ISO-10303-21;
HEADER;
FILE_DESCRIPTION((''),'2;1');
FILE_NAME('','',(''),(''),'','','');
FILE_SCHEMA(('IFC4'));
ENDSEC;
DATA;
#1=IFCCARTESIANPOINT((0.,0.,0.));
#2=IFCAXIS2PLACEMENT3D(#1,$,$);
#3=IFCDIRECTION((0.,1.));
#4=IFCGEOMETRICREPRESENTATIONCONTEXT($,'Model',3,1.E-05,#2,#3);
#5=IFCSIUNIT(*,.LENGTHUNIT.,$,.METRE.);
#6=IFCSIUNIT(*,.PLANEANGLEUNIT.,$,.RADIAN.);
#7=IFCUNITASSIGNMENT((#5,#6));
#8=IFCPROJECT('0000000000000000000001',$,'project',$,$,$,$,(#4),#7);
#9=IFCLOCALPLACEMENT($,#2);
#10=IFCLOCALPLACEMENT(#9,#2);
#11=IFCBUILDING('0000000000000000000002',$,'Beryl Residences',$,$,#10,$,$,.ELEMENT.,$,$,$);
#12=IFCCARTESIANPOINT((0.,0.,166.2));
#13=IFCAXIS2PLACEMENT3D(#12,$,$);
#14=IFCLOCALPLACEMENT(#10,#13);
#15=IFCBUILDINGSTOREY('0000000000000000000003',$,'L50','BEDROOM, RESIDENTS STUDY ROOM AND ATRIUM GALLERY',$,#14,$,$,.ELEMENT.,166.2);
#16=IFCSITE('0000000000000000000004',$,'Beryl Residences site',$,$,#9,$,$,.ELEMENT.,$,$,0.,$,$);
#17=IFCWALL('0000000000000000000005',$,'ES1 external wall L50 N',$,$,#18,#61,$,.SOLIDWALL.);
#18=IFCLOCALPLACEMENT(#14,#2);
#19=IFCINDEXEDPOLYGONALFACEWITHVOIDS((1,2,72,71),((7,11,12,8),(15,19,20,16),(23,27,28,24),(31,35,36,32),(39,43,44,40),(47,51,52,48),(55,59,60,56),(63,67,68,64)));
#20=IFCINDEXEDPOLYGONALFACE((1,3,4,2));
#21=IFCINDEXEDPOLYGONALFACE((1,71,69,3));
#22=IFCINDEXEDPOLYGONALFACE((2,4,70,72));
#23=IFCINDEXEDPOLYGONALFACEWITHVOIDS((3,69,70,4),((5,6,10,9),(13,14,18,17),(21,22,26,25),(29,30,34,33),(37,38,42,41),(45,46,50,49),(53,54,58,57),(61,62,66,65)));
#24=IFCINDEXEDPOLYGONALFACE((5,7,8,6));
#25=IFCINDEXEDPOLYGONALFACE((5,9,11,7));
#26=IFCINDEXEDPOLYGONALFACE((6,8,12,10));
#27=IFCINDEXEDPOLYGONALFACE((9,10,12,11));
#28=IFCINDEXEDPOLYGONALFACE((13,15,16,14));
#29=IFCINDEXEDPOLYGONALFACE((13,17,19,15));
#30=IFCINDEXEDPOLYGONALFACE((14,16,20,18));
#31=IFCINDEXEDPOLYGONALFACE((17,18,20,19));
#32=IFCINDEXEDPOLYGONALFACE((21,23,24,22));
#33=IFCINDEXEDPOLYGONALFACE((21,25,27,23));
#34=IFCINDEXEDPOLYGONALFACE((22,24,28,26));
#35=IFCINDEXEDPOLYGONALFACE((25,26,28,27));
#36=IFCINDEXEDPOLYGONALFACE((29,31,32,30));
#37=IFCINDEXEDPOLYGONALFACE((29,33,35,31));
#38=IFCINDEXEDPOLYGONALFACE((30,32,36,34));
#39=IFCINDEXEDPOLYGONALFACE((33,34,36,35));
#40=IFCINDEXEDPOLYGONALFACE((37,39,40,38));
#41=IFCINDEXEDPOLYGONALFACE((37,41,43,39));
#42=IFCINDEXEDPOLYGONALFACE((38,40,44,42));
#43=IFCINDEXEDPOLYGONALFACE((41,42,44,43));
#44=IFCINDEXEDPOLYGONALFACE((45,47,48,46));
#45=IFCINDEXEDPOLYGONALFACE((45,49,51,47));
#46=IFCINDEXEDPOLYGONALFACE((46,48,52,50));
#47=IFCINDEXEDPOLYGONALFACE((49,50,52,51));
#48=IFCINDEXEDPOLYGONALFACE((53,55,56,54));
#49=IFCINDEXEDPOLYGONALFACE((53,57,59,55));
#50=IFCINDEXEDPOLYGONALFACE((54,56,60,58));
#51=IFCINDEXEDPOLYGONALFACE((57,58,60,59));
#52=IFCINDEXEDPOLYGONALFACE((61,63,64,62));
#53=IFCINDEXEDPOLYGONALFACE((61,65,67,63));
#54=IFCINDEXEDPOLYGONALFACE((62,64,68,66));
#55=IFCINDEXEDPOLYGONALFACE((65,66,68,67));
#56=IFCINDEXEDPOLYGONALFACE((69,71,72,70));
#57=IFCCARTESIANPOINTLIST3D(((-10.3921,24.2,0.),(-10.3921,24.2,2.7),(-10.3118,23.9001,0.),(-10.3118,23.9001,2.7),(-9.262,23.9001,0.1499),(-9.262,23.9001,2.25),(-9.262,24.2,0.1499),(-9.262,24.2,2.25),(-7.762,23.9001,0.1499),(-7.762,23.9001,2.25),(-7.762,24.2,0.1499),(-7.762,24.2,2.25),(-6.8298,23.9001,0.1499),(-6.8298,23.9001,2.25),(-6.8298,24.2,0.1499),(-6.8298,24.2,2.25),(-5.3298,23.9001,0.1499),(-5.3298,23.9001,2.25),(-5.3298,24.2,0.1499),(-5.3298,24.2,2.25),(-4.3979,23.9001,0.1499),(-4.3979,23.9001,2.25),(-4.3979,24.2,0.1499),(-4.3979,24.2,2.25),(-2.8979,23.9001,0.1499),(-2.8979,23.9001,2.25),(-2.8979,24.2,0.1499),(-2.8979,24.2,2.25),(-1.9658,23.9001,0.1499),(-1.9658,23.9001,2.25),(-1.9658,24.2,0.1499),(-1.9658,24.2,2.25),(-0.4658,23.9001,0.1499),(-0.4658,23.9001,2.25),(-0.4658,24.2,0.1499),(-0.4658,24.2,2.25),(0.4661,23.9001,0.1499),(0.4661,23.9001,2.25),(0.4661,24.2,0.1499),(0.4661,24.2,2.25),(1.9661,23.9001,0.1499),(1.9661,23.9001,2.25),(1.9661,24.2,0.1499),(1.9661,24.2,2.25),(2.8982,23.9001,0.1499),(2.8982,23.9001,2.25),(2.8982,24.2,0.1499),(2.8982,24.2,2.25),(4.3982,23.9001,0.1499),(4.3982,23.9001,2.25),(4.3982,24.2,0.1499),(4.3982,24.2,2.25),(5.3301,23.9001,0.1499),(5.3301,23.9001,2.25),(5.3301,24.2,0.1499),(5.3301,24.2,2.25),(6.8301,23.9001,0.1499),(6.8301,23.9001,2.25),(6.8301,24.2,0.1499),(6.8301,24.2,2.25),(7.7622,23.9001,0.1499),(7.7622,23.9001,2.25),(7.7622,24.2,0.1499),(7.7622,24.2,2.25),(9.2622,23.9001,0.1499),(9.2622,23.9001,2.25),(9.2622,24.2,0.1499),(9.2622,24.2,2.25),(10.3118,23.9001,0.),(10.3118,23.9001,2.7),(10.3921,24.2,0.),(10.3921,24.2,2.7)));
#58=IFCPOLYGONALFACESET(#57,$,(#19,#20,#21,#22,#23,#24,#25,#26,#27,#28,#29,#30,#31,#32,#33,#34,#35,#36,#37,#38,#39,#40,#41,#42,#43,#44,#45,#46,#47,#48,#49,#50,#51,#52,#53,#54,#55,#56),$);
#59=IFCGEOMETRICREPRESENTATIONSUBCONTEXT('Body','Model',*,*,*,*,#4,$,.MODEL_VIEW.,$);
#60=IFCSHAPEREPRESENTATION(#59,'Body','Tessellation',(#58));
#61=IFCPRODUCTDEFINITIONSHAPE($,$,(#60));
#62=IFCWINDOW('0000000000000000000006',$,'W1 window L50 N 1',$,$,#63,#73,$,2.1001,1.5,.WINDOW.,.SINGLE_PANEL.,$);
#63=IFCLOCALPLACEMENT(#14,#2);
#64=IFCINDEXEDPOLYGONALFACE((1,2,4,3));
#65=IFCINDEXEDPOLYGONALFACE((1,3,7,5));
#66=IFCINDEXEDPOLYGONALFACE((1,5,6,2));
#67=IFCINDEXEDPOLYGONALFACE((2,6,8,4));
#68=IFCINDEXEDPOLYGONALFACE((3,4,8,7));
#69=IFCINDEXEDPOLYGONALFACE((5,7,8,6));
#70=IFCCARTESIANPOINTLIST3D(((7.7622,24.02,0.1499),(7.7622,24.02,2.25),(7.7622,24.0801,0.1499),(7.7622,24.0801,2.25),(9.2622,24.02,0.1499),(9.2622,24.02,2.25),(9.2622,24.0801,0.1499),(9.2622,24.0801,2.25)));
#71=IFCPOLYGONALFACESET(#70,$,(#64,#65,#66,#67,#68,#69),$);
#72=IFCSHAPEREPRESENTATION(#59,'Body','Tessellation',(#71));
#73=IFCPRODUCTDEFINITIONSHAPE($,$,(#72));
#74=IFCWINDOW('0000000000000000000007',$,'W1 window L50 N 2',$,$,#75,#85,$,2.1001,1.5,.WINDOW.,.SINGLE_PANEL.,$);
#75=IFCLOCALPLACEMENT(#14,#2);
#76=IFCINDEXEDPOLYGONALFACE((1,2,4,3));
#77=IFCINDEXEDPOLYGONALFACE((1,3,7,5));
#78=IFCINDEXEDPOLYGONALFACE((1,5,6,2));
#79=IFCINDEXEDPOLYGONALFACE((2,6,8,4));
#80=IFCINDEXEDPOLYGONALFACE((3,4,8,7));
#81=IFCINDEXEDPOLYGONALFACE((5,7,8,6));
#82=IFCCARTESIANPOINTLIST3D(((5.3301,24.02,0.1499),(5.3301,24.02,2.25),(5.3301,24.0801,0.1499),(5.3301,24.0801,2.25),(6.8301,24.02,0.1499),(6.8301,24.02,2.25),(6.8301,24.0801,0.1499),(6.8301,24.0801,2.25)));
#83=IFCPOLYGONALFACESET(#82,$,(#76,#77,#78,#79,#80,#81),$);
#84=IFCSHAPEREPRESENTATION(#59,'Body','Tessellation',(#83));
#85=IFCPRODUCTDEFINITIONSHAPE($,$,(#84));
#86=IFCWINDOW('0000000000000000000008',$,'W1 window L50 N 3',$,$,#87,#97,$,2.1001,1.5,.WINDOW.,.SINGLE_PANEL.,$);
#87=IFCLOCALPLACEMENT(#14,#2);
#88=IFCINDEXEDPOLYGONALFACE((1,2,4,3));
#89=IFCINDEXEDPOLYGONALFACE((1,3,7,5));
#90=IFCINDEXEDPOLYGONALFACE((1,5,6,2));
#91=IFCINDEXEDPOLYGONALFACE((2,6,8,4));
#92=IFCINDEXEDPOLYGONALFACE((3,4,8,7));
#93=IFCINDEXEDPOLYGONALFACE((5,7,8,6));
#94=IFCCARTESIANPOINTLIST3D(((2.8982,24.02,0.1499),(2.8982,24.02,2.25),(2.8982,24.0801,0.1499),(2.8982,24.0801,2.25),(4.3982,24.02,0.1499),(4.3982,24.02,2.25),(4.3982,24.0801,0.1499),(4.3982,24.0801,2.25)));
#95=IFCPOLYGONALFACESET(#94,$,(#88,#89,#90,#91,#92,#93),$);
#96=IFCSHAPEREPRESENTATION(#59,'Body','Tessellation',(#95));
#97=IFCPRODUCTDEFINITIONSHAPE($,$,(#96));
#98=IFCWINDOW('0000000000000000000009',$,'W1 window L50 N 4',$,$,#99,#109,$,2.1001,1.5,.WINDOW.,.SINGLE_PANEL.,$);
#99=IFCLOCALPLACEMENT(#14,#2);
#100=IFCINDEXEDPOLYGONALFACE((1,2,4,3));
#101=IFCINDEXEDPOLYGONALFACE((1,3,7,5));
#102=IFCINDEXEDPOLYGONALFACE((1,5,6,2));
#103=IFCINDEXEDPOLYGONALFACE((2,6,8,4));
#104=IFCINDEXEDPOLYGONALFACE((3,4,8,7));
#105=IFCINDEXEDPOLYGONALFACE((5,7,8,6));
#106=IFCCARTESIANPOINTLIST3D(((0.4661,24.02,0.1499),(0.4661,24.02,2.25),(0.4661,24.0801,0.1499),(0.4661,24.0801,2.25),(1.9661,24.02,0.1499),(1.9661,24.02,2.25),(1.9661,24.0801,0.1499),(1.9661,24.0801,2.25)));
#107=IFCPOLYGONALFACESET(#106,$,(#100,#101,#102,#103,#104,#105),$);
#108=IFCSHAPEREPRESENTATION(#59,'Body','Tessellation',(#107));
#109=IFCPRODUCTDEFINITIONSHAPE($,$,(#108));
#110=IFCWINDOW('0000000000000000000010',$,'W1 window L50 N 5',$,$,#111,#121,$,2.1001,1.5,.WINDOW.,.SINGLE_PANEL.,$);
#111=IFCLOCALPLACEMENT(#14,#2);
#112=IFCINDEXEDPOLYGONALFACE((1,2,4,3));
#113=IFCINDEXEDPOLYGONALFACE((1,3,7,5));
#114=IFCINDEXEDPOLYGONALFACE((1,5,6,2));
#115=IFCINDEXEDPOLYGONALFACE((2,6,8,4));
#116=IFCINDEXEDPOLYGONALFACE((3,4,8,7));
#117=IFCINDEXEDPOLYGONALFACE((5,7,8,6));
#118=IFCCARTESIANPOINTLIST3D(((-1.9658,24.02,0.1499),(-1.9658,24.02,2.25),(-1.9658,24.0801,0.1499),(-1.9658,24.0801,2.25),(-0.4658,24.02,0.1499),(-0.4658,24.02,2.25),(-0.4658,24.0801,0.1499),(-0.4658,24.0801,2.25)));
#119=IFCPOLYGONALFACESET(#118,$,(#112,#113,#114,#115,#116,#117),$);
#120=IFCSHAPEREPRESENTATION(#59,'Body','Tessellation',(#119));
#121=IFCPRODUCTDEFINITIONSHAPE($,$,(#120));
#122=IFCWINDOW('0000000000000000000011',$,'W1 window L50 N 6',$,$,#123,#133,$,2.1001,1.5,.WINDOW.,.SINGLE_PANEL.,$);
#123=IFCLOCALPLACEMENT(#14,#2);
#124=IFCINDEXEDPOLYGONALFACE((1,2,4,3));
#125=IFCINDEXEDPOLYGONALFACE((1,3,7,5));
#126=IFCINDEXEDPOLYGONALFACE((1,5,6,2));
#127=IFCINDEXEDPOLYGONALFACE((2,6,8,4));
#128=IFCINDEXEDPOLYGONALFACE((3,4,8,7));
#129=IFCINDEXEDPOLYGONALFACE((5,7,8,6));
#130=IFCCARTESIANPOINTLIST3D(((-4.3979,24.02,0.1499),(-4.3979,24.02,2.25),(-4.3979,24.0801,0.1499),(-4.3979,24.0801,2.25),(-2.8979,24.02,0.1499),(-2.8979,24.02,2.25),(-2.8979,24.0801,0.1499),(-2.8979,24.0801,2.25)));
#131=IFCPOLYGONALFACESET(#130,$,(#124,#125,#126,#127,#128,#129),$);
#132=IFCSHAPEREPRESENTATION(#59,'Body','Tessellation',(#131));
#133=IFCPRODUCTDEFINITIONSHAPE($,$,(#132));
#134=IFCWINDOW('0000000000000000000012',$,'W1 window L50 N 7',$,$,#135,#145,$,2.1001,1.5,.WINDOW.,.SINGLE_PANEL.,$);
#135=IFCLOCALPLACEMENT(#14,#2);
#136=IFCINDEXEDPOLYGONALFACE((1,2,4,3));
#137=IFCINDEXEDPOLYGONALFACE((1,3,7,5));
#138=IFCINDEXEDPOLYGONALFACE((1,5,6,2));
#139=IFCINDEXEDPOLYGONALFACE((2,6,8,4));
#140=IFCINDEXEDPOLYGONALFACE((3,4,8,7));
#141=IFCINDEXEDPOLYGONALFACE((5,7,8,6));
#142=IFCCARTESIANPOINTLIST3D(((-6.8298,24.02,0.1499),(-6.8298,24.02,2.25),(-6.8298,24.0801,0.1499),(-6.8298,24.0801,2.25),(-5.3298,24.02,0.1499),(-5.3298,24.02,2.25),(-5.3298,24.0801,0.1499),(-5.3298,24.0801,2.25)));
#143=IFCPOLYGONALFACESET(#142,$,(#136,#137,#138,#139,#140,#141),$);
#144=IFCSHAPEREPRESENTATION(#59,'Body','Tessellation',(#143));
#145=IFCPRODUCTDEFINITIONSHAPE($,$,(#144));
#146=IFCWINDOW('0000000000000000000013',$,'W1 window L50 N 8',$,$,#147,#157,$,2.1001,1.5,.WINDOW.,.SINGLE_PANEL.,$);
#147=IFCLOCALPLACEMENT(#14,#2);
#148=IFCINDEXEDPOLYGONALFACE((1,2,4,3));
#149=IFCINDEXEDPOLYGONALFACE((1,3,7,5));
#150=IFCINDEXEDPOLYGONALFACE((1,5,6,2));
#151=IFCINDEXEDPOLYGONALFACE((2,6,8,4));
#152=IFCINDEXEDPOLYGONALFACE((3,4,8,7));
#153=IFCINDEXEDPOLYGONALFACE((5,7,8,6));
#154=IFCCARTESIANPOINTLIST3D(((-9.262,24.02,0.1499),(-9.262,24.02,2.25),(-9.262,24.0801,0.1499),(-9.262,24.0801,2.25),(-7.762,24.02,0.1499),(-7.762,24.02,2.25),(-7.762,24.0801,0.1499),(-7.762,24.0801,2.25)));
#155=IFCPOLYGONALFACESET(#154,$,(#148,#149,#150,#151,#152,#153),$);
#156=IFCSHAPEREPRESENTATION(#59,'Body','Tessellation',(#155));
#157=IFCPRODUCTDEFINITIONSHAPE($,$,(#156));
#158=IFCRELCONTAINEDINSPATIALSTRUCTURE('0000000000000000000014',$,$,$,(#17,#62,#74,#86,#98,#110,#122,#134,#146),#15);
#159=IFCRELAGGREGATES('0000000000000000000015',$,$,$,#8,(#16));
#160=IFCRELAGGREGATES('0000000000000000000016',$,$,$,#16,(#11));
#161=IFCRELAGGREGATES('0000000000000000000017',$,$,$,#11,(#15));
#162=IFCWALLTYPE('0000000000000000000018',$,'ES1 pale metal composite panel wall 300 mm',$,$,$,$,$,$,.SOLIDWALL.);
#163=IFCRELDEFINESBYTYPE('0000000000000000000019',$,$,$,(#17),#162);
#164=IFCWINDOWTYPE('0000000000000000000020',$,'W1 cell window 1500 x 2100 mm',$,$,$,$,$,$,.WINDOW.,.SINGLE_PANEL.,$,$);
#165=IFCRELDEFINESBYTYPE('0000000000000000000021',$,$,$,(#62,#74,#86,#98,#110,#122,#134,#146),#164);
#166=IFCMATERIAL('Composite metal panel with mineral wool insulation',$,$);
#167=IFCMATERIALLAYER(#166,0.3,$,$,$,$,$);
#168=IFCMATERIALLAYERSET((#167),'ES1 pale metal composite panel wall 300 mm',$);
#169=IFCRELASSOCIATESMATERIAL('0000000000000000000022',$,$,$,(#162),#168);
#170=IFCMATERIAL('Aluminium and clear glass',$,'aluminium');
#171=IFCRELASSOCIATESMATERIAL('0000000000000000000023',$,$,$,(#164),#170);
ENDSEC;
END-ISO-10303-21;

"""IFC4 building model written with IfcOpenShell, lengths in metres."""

from ifc_helpers import new_model, si_unit, direction, frame, frame_2d, origin, place, context, subcontext, project, spatial, polyline, rectangle, outline, extrude, material, layer, layer_set, type_object, element, fill, save


model = new_model("IFC4")

# Units and contexts
model_context = context("Model", 3, precision=1e-05, world=origin(), true_north=direction((0.0, 1.0)))
body_context = subcontext(model_context, "Body", "Model", "MODEL_VIEW")
ifc_project = project(units=[si_unit("LENGTHUNIT", "METRE"), si_unit("PLANEANGLEUNIT", "RADIAN")], contexts=[model_context])

# Site, building, storey
site_placement = place(None, origin())
site = spatial("IfcSite", under=ifc_project, at=site_placement, Name="Beryl Residences site", CompositionType="ELEMENT", RefElevation=0.0)
building_placement = place(site_placement, origin())
building = spatial("IfcBuilding", under=site, at=building_placement, Name="Beryl Residences", CompositionType="ELEMENT")
storey_placement = place(building_placement, frame((0.0, 0.0, 166.2)))
storey = spatial("IfcBuildingStorey", under=building, at=storey_placement, Name="L50", Description="BEDROOM, RESIDENTS STUDY ROOM AND ATRIUM GALLERY", CompositionType="ELEMENT", Elevation=166.2)

# Wall, openings, windows
ifc_material_1 = material(Name="Composite metal panel with mineral wool insulation")
ifc_layer_1 = layer(ifc_material_1, 0.3)
ifc_layer_set_1 = layer_set([ifc_layer_1], Name="ES1 pale metal composite panel wall 300 mm")
wall_type_1 = type_object("IfcWallType", Name="ES1 pale metal composite panel wall 300 mm", PredefinedType="SOLIDWALL", material=ifc_layer_set_1)
wall_1_placement = place(storey_placement, frame((10.3921, 24.05, 0.0), z_axis=(0.0, 0.0, 1.0), x_axis=(-1.0, 0.0, 0.0)))
wall_1 = element("IfcWall", 1, at=wall_1_placement, inside=storey, type_object=wall_type_1, Name="ES1 external wall L50 N", PredefinedType="SOLIDWALL", context=body_context, shape_type="SweptSolid", body=[
    extrude(outline(polyline([(0.0, -0.1499), (20.7842, -0.1499), (20.7039, 0.1499), (0.0803, 0.1499), (0.0, -0.1499)])), origin(), (0.0, 0.0, 1.0), 2.7),
])
opening_1_placement = place(wall_1_placement, frame((1.1299, 0.0, 0.1499)))
opening_1 = element("IfcOpeningElement", 2, at=opening_1_placement, cuts=wall_1, PredefinedType="OPENING", context=body_context, shape_type="SweptSolid", body=[
    extrude(rectangle(XDim=1.5, YDim=2.1001, at=frame_2d((0.75, 1.05))), frame((0.0, 0.1599, 0.0), z_axis=(0.0, -1.0, 0.0), x_axis=(1.0, 0.0, 0.0)), (0.0, 0.0, 1.0), 0.3201),
])
opening_2_placement = place(wall_1_placement, frame((3.562, 0.0, 0.1499)))
opening_2 = element("IfcOpeningElement", 3, at=opening_2_placement, cuts=wall_1, PredefinedType="OPENING", context=body_context, shape_type="SweptSolid", body=[
    extrude(rectangle(XDim=1.5, YDim=2.1001, at=frame_2d((0.75, 1.05))), frame((0.0, 0.1599, 0.0), z_axis=(0.0, -1.0, 0.0), x_axis=(1.0, 0.0, 0.0)), (0.0, 0.0, 1.0), 0.3201),
])
opening_3_placement = place(wall_1_placement, frame((5.9939, 0.0, 0.1499)))
opening_3 = element("IfcOpeningElement", 4, at=opening_3_placement, cuts=wall_1, PredefinedType="OPENING", context=body_context, shape_type="SweptSolid", body=[
    extrude(rectangle(XDim=1.5, YDim=2.1001, at=frame_2d((0.75, 1.05))), frame((0.0, 0.1599, 0.0), z_axis=(0.0, -1.0, 0.0), x_axis=(1.0, 0.0, 0.0)), (0.0, 0.0, 1.0), 0.3201),
])
opening_4_placement = place(wall_1_placement, frame((8.426, 0.0, 0.1499)))
opening_4 = element("IfcOpeningElement", 5, at=opening_4_placement, cuts=wall_1, PredefinedType="OPENING", context=body_context, shape_type="SweptSolid", body=[
    extrude(rectangle(XDim=1.5, YDim=2.1001, at=frame_2d((0.75, 1.05))), frame((0.0, 0.1599, 0.0), z_axis=(0.0, -1.0, 0.0), x_axis=(1.0, 0.0, 0.0)), (0.0, 0.0, 1.0), 0.3201),
])
opening_5_placement = place(wall_1_placement, frame((10.8579, 0.0, 0.1499)))
opening_5 = element("IfcOpeningElement", 6, at=opening_5_placement, cuts=wall_1, PredefinedType="OPENING", context=body_context, shape_type="SweptSolid", body=[
    extrude(rectangle(XDim=1.5, YDim=2.1001, at=frame_2d((0.75, 1.05))), frame((0.0, 0.1599, 0.0), z_axis=(0.0, -1.0, 0.0), x_axis=(1.0, 0.0, 0.0)), (0.0, 0.0, 1.0), 0.3201),
])
opening_6_placement = place(wall_1_placement, frame((13.29, 0.0, 0.1499)))
opening_6 = element("IfcOpeningElement", 7, at=opening_6_placement, cuts=wall_1, PredefinedType="OPENING", context=body_context, shape_type="SweptSolid", body=[
    extrude(rectangle(XDim=1.5, YDim=2.1001, at=frame_2d((0.75, 1.05))), frame((0.0, 0.1599, 0.0), z_axis=(0.0, -1.0, 0.0), x_axis=(1.0, 0.0, 0.0)), (0.0, 0.0, 1.0), 0.3201),
])
opening_7_placement = place(wall_1_placement, frame((15.7219, 0.0, 0.1499)))
opening_7 = element("IfcOpeningElement", 8, at=opening_7_placement, cuts=wall_1, PredefinedType="OPENING", context=body_context, shape_type="SweptSolid", body=[
    extrude(rectangle(XDim=1.5, YDim=2.1001, at=frame_2d((0.75, 1.05))), frame((0.0, 0.1599, 0.0), z_axis=(0.0, -1.0, 0.0), x_axis=(1.0, 0.0, 0.0)), (0.0, 0.0, 1.0), 0.3201),
])
opening_8_placement = place(wall_1_placement, frame((18.1541, 0.0, 0.1499)))
opening_8 = element("IfcOpeningElement", 9, at=opening_8_placement, cuts=wall_1, PredefinedType="OPENING", context=body_context, shape_type="SweptSolid", body=[
    extrude(rectangle(XDim=1.5, YDim=2.1001, at=frame_2d((0.75, 1.05))), frame((0.0, 0.1599, 0.0), z_axis=(0.0, -1.0, 0.0), x_axis=(1.0, 0.0, 0.0)), (0.0, 0.0, 1.0), 0.3201),
])
ifc_material_2 = material(Name="Aluminium and clear glass", Category="aluminium")
window_type_1 = type_object("IfcWindowType", Name="W1 cell window 1500 x 2100 mm", PartitioningType="SINGLE_PANEL", PredefinedType="WINDOW", material=ifc_material_2)
window_1_placement = place(opening_1_placement, origin())
window_1 = element("IfcWindow", 10, at=window_1_placement, inside=storey, type_object=window_type_1, Name="W1 window L50 N 1", OverallHeight=2.1001, OverallWidth=1.5, PartitioningType="SINGLE_PANEL", PredefinedType="WINDOW", context=body_context, shape_type="SweptSolid", body=[
    extrude(rectangle(XDim=1.5, YDim=2.1001, at=frame_2d((0.75, 1.05))), frame((0.0, 0.03, 0.0), z_axis=(0.0, -1.0, 0.0), x_axis=(1.0, 0.0, 0.0)), (0.0, 0.0, 1.0), 0.0601),
])
fill(opening_1, window_1)
window_2_placement = place(opening_2_placement, origin())
window_2 = element("IfcWindow", 11, at=window_2_placement, inside=storey, type_object=window_type_1, Name="W1 window L50 N 2", OverallHeight=2.1001, OverallWidth=1.5, PartitioningType="SINGLE_PANEL", PredefinedType="WINDOW", context=body_context, shape_type="SweptSolid", body=[
    extrude(rectangle(XDim=1.5, YDim=2.1001, at=frame_2d((0.75, 1.05))), frame((0.0, 0.03, 0.0), z_axis=(0.0, -1.0, 0.0), x_axis=(1.0, 0.0, 0.0)), (0.0, 0.0, 1.0), 0.0601),
])
fill(opening_2, window_2)
window_3_placement = place(opening_3_placement, origin())
window_3 = element("IfcWindow", 12, at=window_3_placement, inside=storey, type_object=window_type_1, Name="W1 window L50 N 3", OverallHeight=2.1001, OverallWidth=1.5, PartitioningType="SINGLE_PANEL", PredefinedType="WINDOW", context=body_context, shape_type="SweptSolid", body=[
    extrude(rectangle(XDim=1.5, YDim=2.1001, at=frame_2d((0.75, 1.05))), frame((0.0, 0.03, 0.0), z_axis=(0.0, -1.0, 0.0), x_axis=(1.0, 0.0, 0.0)), (0.0, 0.0, 1.0), 0.0601),
])
fill(opening_3, window_3)
window_4_placement = place(opening_4_placement, origin())
window_4 = element("IfcWindow", 13, at=window_4_placement, inside=storey, type_object=window_type_1, Name="W1 window L50 N 4", OverallHeight=2.1001, OverallWidth=1.5, PartitioningType="SINGLE_PANEL", PredefinedType="WINDOW", context=body_context, shape_type="SweptSolid", body=[
    extrude(rectangle(XDim=1.5, YDim=2.1001, at=frame_2d((0.75, 1.05))), frame((0.0, 0.03, 0.0), z_axis=(0.0, -1.0, 0.0), x_axis=(1.0, 0.0, 0.0)), (0.0, 0.0, 1.0), 0.0601),
])
fill(opening_4, window_4)
window_5_placement = place(opening_5_placement, origin())
window_5 = element("IfcWindow", 14, at=window_5_placement, inside=storey, type_object=window_type_1, Name="W1 window L50 N 5", OverallHeight=2.1001, OverallWidth=1.5, PartitioningType="SINGLE_PANEL", PredefinedType="WINDOW", context=body_context, shape_type="SweptSolid", body=[
    extrude(rectangle(XDim=1.5, YDim=2.1001, at=frame_2d((0.75, 1.05))), frame((0.0, 0.03, 0.0), z_axis=(0.0, -1.0, 0.0), x_axis=(1.0, 0.0, 0.0)), (0.0, 0.0, 1.0), 0.0601),
])
fill(opening_5, window_5)
window_6_placement = place(opening_6_placement, origin())
window_6 = element("IfcWindow", 15, at=window_6_placement, inside=storey, type_object=window_type_1, Name="W1 window L50 N 6", OverallHeight=2.1001, OverallWidth=1.5, PartitioningType="SINGLE_PANEL", PredefinedType="WINDOW", context=body_context, shape_type="SweptSolid", body=[
    extrude(rectangle(XDim=1.5, YDim=2.1001, at=frame_2d((0.75, 1.05))), frame((0.0, 0.03, 0.0), z_axis=(0.0, -1.0, 0.0), x_axis=(1.0, 0.0, 0.0)), (0.0, 0.0, 1.0), 0.0601),
])
fill(opening_6, window_6)
window_7_placement = place(opening_7_placement, origin())
window_7 = element("IfcWindow", 16, at=window_7_placement, inside=storey, type_object=window_type_1, Name="W1 window L50 N 7", OverallHeight=2.1001, OverallWidth=1.5, PartitioningType="SINGLE_PANEL", PredefinedType="WINDOW", context=body_context, shape_type="SweptSolid", body=[
    extrude(rectangle(XDim=1.5, YDim=2.1001, at=frame_2d((0.75, 1.05))), frame((0.0, 0.03, 0.0), z_axis=(0.0, -1.0, 0.0), x_axis=(1.0, 0.0, 0.0)), (0.0, 0.0, 1.0), 0.0601),
])
fill(opening_7, window_7)
window_8_placement = place(opening_8_placement, origin())
window_8 = element("IfcWindow", 17, at=window_8_placement, inside=storey, type_object=window_type_1, Name="W1 window L50 N 8", OverallHeight=2.1001, OverallWidth=1.5, PartitioningType="SINGLE_PANEL", PredefinedType="WINDOW", context=body_context, shape_type="SweptSolid", body=[
    extrude(rectangle(XDim=1.5, YDim=2.1001, at=frame_2d((0.75, 1.05))), frame((0.0, 0.03, 0.0), z_axis=(0.0, -1.0, 0.0), x_axis=(1.0, 0.0, 0.0)), (0.0, 0.0, 1.0), 0.0601),
])
fill(opening_8, window_8)

save(model, "model.ifc")
